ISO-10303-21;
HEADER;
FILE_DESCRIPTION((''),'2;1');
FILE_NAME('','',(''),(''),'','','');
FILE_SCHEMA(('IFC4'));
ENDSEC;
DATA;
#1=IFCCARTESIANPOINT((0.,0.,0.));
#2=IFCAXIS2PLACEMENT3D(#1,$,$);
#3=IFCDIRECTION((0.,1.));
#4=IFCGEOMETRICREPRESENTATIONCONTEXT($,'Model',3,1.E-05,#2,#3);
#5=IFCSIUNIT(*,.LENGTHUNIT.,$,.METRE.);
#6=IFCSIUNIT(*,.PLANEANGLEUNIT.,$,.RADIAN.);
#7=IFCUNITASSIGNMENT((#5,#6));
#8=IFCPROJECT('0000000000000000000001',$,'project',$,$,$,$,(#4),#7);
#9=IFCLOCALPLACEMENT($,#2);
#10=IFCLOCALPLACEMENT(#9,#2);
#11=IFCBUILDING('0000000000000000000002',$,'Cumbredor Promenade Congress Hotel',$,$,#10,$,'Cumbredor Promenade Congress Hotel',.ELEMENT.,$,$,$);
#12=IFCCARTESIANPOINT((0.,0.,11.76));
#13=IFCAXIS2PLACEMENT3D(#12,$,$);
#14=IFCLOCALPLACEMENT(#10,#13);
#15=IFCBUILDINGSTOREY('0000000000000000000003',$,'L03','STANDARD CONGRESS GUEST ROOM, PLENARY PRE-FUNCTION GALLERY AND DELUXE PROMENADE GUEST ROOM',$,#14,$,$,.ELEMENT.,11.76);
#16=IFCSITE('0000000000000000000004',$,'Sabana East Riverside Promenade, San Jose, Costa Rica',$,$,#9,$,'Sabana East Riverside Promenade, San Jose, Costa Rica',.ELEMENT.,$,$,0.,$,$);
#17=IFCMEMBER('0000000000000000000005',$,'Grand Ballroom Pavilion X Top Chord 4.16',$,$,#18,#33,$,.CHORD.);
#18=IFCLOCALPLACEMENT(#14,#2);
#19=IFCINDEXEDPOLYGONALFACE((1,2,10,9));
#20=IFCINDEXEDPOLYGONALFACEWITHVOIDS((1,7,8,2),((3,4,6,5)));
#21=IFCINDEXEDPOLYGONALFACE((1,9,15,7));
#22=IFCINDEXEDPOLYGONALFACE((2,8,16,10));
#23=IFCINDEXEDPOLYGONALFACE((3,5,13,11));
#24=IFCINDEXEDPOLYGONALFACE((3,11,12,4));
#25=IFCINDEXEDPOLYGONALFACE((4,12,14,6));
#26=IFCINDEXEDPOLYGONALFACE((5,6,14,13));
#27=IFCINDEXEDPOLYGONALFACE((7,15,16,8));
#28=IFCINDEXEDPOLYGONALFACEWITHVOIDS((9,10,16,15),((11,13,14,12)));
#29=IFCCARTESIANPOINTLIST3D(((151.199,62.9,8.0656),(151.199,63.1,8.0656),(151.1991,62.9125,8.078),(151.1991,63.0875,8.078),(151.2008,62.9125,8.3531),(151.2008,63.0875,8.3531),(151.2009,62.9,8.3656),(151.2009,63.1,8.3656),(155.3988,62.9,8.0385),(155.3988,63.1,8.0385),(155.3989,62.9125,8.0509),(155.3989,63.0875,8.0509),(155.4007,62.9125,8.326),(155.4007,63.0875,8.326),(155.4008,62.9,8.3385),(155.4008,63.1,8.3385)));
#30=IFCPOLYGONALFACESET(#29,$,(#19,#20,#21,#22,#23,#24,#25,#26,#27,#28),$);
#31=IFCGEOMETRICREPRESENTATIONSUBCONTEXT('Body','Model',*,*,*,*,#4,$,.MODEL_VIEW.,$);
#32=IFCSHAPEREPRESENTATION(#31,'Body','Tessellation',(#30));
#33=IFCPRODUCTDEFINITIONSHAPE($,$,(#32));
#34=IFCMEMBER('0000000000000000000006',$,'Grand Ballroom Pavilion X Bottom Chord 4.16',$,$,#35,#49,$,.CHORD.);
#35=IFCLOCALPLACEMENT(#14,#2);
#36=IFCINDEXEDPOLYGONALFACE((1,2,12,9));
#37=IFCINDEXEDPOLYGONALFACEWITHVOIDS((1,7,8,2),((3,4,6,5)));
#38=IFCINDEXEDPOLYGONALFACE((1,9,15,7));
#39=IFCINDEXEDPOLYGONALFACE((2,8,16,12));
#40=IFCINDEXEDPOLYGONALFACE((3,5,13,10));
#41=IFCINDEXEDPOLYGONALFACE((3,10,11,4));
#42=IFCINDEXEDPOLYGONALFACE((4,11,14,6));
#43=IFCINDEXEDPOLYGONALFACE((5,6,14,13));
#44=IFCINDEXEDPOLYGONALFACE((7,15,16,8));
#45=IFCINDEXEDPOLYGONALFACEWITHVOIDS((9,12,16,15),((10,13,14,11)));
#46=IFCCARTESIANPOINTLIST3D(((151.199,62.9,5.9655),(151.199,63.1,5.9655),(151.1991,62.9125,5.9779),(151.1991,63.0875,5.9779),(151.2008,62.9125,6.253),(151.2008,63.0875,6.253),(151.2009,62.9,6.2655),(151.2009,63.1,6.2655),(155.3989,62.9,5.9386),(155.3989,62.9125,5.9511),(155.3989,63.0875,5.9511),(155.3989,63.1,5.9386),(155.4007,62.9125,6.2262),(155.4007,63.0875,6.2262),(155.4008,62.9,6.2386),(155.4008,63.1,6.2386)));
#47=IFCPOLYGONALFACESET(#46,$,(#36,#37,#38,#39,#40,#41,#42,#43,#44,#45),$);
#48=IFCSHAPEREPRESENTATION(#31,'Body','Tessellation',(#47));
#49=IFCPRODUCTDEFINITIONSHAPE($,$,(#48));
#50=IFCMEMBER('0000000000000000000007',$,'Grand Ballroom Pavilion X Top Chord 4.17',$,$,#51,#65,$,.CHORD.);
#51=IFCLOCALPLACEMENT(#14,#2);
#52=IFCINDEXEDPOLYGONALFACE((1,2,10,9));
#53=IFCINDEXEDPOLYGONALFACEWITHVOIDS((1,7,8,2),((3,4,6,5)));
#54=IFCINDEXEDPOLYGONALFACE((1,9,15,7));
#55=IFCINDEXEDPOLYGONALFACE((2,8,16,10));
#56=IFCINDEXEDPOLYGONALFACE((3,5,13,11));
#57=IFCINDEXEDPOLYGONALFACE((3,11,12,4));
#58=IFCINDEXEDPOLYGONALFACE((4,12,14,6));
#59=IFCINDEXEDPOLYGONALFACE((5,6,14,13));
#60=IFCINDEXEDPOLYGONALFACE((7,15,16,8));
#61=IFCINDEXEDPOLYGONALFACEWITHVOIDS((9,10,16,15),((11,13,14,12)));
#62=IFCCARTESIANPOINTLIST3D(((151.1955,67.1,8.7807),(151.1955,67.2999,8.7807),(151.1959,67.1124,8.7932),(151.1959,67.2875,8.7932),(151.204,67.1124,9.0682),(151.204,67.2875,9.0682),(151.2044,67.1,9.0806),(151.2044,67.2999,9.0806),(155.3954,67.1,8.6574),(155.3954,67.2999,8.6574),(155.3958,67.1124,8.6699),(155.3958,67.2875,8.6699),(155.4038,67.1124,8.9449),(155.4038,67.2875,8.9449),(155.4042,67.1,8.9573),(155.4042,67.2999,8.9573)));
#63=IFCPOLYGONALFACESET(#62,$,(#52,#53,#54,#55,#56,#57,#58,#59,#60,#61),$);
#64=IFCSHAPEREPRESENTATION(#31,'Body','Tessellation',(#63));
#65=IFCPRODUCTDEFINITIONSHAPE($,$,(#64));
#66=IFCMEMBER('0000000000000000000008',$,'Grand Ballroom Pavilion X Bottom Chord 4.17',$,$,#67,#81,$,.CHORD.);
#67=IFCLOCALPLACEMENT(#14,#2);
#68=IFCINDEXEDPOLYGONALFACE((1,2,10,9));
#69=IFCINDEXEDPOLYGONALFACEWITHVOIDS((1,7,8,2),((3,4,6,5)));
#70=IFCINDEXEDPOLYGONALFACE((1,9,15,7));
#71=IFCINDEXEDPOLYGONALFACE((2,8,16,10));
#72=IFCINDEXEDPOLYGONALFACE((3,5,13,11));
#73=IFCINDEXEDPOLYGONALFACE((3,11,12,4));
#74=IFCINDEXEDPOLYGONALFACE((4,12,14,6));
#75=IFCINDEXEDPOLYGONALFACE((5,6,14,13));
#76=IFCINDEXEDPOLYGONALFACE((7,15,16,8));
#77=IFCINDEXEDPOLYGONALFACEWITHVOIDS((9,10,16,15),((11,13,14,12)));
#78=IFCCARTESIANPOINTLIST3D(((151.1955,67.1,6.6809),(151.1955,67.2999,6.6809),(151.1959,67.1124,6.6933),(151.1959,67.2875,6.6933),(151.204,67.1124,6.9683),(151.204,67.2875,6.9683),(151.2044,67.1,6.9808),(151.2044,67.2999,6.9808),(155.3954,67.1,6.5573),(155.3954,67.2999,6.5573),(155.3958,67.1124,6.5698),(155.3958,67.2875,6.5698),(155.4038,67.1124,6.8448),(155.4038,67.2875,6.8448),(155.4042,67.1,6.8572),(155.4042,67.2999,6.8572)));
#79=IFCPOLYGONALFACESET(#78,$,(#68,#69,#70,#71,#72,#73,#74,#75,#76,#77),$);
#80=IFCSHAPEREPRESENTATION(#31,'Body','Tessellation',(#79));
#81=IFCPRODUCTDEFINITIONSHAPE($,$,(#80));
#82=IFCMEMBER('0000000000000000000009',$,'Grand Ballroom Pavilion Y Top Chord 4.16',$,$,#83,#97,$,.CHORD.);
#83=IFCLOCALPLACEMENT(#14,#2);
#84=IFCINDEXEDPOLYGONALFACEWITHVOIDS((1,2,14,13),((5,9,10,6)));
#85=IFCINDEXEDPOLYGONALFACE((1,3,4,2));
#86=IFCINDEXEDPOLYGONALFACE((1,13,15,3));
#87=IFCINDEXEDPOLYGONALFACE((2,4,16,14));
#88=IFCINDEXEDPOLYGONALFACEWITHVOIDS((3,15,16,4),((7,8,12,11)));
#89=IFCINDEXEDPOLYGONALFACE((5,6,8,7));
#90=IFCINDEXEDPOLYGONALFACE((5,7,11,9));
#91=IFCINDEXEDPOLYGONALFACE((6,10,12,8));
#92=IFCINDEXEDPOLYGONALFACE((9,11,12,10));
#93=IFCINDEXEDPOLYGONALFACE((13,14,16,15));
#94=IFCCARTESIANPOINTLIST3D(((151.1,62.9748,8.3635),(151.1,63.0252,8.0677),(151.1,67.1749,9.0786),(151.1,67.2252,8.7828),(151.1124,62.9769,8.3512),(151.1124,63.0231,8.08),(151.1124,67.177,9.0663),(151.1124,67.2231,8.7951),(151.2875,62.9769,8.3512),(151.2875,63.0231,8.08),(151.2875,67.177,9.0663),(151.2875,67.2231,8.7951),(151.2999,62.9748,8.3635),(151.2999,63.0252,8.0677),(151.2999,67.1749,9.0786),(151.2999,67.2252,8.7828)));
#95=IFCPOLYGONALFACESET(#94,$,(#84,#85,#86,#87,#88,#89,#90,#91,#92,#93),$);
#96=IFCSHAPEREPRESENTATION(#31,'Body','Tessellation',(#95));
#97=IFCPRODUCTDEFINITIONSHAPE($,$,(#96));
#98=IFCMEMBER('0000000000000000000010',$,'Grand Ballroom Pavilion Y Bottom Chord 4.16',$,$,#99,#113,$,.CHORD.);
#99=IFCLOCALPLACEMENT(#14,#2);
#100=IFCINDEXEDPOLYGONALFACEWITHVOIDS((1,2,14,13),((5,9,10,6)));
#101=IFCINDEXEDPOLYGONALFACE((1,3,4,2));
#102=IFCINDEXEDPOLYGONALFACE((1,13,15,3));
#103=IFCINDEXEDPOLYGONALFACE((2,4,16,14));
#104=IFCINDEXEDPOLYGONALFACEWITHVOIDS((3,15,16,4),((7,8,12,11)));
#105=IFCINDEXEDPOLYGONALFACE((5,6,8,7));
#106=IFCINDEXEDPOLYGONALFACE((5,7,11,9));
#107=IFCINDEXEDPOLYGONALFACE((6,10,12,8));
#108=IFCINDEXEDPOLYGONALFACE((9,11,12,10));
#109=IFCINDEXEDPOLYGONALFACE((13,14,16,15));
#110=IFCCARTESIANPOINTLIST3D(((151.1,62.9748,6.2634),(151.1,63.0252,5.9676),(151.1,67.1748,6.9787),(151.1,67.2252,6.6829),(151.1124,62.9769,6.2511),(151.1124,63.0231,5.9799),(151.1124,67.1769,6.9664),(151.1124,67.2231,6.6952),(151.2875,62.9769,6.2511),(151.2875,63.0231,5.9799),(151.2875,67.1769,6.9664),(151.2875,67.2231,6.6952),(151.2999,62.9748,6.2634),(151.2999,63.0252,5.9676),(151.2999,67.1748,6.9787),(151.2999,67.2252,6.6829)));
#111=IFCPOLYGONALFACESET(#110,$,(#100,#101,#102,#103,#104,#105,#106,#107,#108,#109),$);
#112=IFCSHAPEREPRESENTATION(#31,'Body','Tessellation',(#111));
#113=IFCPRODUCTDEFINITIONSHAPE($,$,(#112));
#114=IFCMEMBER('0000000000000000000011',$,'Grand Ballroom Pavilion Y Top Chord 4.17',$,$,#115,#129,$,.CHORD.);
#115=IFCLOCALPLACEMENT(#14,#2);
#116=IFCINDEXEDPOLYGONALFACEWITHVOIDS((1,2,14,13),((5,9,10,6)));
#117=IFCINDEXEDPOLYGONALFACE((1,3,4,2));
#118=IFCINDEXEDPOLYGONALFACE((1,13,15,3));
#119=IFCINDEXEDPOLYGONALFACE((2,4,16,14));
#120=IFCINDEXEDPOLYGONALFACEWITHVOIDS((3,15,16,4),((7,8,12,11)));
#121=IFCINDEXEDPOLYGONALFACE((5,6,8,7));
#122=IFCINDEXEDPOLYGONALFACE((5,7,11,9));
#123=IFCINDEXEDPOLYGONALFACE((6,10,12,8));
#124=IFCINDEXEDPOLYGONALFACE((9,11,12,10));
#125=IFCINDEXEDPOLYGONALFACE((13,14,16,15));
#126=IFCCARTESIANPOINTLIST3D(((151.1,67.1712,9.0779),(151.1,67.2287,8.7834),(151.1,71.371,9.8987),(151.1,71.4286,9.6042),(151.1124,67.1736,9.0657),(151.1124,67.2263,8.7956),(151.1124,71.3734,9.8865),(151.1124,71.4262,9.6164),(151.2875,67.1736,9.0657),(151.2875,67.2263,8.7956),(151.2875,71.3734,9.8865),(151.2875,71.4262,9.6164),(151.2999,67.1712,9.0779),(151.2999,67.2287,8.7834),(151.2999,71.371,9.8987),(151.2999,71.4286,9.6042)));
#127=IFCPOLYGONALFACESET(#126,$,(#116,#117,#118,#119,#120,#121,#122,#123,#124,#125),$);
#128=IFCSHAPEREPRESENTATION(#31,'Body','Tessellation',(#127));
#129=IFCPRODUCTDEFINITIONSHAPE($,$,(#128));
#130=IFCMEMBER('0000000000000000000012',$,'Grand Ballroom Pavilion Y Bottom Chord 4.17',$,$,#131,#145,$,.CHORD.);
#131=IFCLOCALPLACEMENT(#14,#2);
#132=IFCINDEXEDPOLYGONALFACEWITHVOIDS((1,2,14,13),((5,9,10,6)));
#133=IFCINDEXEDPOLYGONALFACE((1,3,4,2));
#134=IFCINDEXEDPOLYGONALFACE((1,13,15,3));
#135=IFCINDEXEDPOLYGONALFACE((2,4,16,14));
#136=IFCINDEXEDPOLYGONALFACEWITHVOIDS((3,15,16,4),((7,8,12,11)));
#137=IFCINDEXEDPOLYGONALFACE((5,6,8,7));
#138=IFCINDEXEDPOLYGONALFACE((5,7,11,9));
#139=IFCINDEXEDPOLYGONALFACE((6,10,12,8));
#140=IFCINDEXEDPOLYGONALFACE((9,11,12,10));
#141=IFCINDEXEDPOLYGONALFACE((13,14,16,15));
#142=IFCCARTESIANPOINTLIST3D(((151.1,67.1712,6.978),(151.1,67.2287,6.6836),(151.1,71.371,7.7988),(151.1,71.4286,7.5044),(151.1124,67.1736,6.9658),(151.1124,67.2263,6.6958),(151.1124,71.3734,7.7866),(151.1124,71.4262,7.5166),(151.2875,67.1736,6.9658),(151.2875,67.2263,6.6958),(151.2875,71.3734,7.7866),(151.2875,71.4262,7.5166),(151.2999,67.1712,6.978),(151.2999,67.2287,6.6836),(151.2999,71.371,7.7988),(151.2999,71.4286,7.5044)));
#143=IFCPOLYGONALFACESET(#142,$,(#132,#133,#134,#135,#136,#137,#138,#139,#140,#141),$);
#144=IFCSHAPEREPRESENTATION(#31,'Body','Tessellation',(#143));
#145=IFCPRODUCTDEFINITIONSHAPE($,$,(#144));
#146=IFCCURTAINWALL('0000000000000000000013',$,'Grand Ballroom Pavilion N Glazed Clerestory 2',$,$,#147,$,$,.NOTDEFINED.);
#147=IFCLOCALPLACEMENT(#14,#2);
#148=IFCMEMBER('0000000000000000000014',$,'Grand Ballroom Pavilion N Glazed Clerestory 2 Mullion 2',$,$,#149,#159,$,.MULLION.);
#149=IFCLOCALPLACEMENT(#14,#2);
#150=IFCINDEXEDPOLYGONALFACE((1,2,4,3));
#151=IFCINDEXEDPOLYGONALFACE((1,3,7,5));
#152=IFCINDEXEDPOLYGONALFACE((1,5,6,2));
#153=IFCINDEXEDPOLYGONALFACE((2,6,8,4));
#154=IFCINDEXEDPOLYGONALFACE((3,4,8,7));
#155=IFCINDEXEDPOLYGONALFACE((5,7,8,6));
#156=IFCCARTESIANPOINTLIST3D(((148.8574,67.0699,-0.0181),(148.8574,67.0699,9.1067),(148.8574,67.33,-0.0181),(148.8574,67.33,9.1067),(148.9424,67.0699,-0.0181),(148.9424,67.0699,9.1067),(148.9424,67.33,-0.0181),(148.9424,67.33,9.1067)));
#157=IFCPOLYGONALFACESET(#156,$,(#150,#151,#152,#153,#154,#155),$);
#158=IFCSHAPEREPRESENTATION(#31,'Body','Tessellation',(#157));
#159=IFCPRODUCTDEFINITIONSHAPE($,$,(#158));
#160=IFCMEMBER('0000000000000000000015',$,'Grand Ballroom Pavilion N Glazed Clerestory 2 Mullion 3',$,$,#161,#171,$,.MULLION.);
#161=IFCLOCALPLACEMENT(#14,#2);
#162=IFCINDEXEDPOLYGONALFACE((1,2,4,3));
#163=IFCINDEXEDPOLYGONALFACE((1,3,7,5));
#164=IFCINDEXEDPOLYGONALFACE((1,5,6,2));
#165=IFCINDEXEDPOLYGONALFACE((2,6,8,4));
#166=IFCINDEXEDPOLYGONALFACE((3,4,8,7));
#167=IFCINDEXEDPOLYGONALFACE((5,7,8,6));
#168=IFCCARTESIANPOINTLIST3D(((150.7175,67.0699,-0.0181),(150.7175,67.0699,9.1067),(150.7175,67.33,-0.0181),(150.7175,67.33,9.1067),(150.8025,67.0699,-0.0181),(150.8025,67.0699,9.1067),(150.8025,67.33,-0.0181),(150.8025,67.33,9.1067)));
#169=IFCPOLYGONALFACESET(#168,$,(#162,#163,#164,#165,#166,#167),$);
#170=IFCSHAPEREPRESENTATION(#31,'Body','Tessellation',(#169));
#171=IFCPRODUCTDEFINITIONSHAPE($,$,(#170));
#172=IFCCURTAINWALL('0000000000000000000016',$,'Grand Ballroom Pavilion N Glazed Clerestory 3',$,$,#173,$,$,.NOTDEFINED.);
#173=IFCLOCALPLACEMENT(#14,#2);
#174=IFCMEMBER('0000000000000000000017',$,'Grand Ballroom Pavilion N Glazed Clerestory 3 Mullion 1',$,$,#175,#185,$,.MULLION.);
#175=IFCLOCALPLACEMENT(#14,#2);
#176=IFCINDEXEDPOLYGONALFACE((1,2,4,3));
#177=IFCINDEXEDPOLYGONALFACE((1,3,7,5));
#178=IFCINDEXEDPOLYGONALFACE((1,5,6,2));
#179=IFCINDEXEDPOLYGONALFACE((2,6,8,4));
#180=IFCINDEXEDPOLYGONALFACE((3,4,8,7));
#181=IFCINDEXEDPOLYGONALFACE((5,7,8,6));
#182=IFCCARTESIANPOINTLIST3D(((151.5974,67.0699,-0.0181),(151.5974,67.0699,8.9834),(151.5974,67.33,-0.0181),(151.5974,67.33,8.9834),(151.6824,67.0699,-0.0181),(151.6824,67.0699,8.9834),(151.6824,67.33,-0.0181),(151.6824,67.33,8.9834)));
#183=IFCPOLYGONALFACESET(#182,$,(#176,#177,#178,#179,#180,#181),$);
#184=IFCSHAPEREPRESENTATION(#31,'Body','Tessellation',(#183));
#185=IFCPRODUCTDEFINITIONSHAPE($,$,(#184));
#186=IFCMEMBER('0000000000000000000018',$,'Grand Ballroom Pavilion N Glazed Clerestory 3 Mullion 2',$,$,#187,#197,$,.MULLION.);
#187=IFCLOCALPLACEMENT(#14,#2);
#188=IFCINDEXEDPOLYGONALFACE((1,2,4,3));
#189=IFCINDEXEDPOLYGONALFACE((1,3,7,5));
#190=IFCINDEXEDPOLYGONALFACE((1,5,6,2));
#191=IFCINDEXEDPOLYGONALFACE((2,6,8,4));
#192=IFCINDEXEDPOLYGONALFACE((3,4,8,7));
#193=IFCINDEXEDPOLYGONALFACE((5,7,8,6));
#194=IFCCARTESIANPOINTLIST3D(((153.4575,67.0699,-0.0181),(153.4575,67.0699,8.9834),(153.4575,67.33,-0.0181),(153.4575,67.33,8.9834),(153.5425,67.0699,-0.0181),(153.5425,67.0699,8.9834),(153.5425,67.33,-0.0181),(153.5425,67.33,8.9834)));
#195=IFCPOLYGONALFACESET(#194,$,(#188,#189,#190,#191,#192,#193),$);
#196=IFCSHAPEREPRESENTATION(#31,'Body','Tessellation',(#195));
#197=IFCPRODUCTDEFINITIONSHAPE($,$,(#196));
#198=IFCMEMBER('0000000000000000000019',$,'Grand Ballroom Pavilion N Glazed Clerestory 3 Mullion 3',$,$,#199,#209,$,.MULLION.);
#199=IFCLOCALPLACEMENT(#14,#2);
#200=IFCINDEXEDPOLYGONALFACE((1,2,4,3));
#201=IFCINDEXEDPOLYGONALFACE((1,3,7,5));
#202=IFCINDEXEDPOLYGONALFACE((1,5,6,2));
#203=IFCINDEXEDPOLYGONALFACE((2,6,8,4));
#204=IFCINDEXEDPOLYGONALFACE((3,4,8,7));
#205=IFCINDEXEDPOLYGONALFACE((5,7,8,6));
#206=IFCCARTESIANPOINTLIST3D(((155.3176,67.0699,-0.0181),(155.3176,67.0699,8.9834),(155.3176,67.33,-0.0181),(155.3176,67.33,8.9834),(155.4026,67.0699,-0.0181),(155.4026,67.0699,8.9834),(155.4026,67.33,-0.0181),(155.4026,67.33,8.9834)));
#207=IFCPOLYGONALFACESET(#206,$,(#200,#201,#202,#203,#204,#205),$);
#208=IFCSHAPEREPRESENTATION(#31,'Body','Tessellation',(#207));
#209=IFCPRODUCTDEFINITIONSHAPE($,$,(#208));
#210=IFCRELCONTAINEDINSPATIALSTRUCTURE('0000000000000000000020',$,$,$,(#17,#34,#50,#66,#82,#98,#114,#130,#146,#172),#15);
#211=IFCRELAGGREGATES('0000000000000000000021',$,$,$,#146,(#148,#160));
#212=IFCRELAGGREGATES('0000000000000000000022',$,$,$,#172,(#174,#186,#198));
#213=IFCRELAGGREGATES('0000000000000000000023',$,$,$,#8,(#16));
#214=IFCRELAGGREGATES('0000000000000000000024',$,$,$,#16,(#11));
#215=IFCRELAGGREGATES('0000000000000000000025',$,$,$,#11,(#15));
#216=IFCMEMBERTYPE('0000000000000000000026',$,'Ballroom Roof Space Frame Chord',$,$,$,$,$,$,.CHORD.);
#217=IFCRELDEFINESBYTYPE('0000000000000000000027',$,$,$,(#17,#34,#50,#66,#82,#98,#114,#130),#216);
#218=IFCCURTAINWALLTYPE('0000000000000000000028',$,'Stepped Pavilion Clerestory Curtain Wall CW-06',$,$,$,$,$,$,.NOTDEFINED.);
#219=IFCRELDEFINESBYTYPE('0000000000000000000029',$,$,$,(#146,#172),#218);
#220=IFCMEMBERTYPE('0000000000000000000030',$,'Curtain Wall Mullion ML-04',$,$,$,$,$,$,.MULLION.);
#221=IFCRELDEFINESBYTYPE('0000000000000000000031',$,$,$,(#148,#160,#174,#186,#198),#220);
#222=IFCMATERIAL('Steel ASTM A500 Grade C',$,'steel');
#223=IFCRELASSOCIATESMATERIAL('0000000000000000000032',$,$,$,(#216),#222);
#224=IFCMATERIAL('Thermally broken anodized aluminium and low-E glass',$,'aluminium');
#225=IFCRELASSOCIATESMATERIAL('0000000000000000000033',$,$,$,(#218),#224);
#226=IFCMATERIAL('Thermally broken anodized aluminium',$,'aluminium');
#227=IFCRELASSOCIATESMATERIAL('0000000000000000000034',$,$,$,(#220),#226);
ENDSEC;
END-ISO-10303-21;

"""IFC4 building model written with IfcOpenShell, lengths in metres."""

from ifc_helpers import new_model, si_unit, direction, frame, origin, origin_2d, place, context, subcontext, project, spatial, rectangle, hollow_rectangle, extrude, material, material_profile, profile_set, type_object, element, aggregate, save


model = new_model("IFC4")

# Units and contexts
model_context = context("Model", 3, precision=1e-05, world=origin(), true_north=direction((0.0, 1.0)))
body_context = subcontext(model_context, "Body", "Model", "MODEL_VIEW")
ifc_project = project(units=[si_unit("LENGTHUNIT", "METRE"), si_unit("PLANEANGLEUNIT", "RADIAN")], contexts=[model_context])

# Site, building, storey
site_placement = place(None, origin())
site = spatial("IfcSite", under=ifc_project, at=site_placement, Name="Sabana East Riverside Promenade, San Jose, Costa Rica", LongName="Sabana East Riverside Promenade, San Jose, Costa Rica", CompositionType="ELEMENT", RefElevation=0.0)
building_placement = place(site_placement, origin())
building = spatial("IfcBuilding", under=site, at=building_placement, Name="Cumbredor Promenade Congress Hotel", LongName="Cumbredor Promenade Congress Hotel", CompositionType="ELEMENT")
storey_placement = place(building_placement, frame((0.0, 0.0, 11.76)))
storey = spatial("IfcBuildingStorey", under=building, at=storey_placement, Name="L03", Description="STANDARD CONGRESS GUEST ROOM, PLENARY PRE-FUNCTION GALLERY AND DELUXE PROMENADE GUEST ROOM", CompositionType="ELEMENT", Elevation=11.76)

# Members
ifc_material_1 = material(Name="Steel ASTM A500 Grade C", Category="steel")
ifc_material_profile_1 = material_profile(ifc_material_1, hollow_rectangle(XDim=0.2, YDim=0.3, WallThickness=0.0125, at=origin_2d()), Name="HSS 300x200x12.5")
ifc_profile_set_1 = profile_set([ifc_material_profile_1], Name="Steel ASTM A500 Grade C")
member_type_1 = type_object("IfcMemberType", Name="Ballroom Roof Space Frame Chord", PredefinedType="CHORD", material=ifc_profile_set_1)
for number, where, z_axis, x_axis, name in (
    (1, (151.2, 63.0, 8.2156), (0.999979, 0.0, -0.006452), (0.0, 1.0, 0.0), "Grand Ballroom Pavilion X Top Chord 4.16"),
    (2, (151.2, 63.0, 6.1155), (0.99998, 0.0, -0.006394), (0.0, 1.0, 0.0), "Grand Ballroom Pavilion X Bottom Chord 4.16"),
):
    element("IfcMember", number, at=place(storey_placement, frame(where, z_axis=z_axis, x_axis=x_axis)), inside=storey, type_object=member_type_1, Name=name, PredefinedType="CHORD", context=body_context, shape_type="SweptSolid", body=[
        extrude(hollow_rectangle(XDim=0.2, YDim=0.3, WallThickness=0.0125, at=origin_2d()), origin(), (0.0, 0.0, 1.0), 4.2),
    ])
for number, where, z_axis, x_axis, name in (
    (3, (151.2, 67.2, 8.9307), (0.999569, 0.0, -0.029343), (0.0, 1.0, 0.0), "Grand Ballroom Pavilion X Top Chord 4.17"),
    (4, (151.2, 67.2, 6.8308), (0.999568, 0.0, -0.029401), (0.0, 1.0, 0.0), "Grand Ballroom Pavilion X Bottom Chord 4.17"),
):
    element("IfcMember", number, at=place(storey_placement, frame(where, z_axis=z_axis, x_axis=x_axis)), inside=storey, type_object=member_type_1, Name=name, PredefinedType="CHORD", context=body_context, shape_type="SweptSolid", body=[
        extrude(hollow_rectangle(XDim=0.2, YDim=0.3, WallThickness=0.0125, at=origin_2d()), origin(), (0.0, 0.0, 1.0), 4.2017),
    ])
for number, where, z_axis, x_axis, name in (
    (5, (151.2, 63.0, 8.2156), (0.0, 0.985813, 0.167846), (-1.0, 0.0, 0.0), "Grand Ballroom Pavilion Y Top Chord 4.16"),
    (6, (151.2, 63.0, 6.1155), (0.0, 0.985804, 0.167901), (-1.0, 0.0, 0.0), "Grand Ballroom Pavilion Y Bottom Chord 4.16"),
):
    element("IfcMember", number, at=place(storey_placement, frame(where, z_axis=z_axis, x_axis=x_axis)), inside=storey, type_object=member_type_1, Name=name, PredefinedType="CHORD", context=body_context, shape_type="SweptSolid", body=[
        extrude(hollow_rectangle(XDim=0.2, YDim=0.3, WallThickness=0.0125, at=origin_2d()), origin(), (0.0, 0.0, 1.0), 4.2605),
    ])
for number, where, z_axis, x_axis, name in (
    (7, (151.2, 67.2, 8.9307), (0.0, 0.981434, 0.191803), (-1.0, 0.0, 0.0), "Grand Ballroom Pavilion Y Top Chord 4.17"),
    (8, (151.2, 67.2, 6.8308), (0.0, 0.981434, 0.191803), (-1.0, 0.0, 0.0), "Grand Ballroom Pavilion Y Bottom Chord 4.17"),
):
    element("IfcMember", number, at=place(storey_placement, frame(where, z_axis=z_axis, x_axis=x_axis)), inside=storey, type_object=member_type_1, Name=name, PredefinedType="CHORD", context=body_context, shape_type="SweptSolid", body=[
        extrude(hollow_rectangle(XDim=0.2, YDim=0.3, WallThickness=0.0125, at=origin_2d()), origin(), (0.0, 0.0, 1.0), 4.2793),
    ])

# Curtain walls, members
ifc_material_2 = material(Name="Thermally broken anodized aluminium and low-E glass", Category="aluminium")
curtain_wall_type = type_object("IfcCurtainWallType", Name="Stepped Pavilion Clerestory Curtain Wall CW-06", PredefinedType="NOTDEFINED", material=ifc_material_2)
curtain_wall_1_placement = place(storey_placement, origin())
curtain_wall_1 = element("IfcCurtainWall", 9, at=curtain_wall_1_placement, inside=storey, type_object=curtain_wall_type, Name="Grand Ballroom Pavilion N Glazed Clerestory 2", PredefinedType="NOTDEFINED")
ifc_material_3 = material(Name="Thermally broken anodized aluminium", Category="aluminium")
ifc_material_profile_2 = material_profile(ifc_material_3, rectangle(XDim=0.085, YDim=0.26, at=origin_2d()), Name="ALU MULLION CLERESTORY 85x260")
ifc_profile_set_2 = profile_set([ifc_material_profile_2], Name="Thermally broken anodized aluminium")
member_type_2 = type_object("IfcMemberType", Name="Curtain Wall Mullion ML-04", PredefinedType="MULLION", material=ifc_profile_set_2)
member_1_placement = place(storey_placement, frame((148.8999, 67.2, -0.0181), z_axis=(0.0, 0.0, 1.0), x_axis=(1.0, 0.0, 0.0)))
member_1 = element("IfcMember", 10, at=member_1_placement, type_object=member_type_2, Name="Grand Ballroom Pavilion N Glazed Clerestory 2 Mullion 2", PredefinedType="MULLION", context=body_context, shape_type="SweptSolid", body=[
    extrude(rectangle(XDim=0.085, YDim=0.26, at=origin_2d()), origin(), (0.0, 0.0, 1.0), 9.1248),
])
member_2_placement = place(storey_placement, frame((150.76, 67.2, -0.0181), z_axis=(0.0, 0.0, 1.0), x_axis=(1.0, 0.0, 0.0)))
member_2 = element("IfcMember", 11, at=member_2_placement, type_object=member_type_2, Name="Grand Ballroom Pavilion N Glazed Clerestory 2 Mullion 3", PredefinedType="MULLION", context=body_context, shape_type="SweptSolid", body=[
    extrude(rectangle(XDim=0.085, YDim=0.26, at=origin_2d()), origin(), (0.0, 0.0, 1.0), 9.1248),
])
curtain_wall_2_placement = place(storey_placement, origin())
curtain_wall_2 = element("IfcCurtainWall", 12, at=curtain_wall_2_placement, inside=storey, type_object=curtain_wall_type, Name="Grand Ballroom Pavilion N Glazed Clerestory 3", PredefinedType="NOTDEFINED")
member_3_placement = place(storey_placement, frame((151.6399, 67.2, -0.0181), z_axis=(0.0, 0.0, 1.0), x_axis=(1.0, 0.0, 0.0)))
member_3 = element("IfcMember", 13, at=member_3_placement, type_object=member_type_2, Name="Grand Ballroom Pavilion N Glazed Clerestory 3 Mullion 1", PredefinedType="MULLION", context=body_context, shape_type="SweptSolid", body=[
    extrude(rectangle(XDim=0.085, YDim=0.26, at=origin_2d()), origin(), (0.0, 0.0, 1.0), 9.0015),
])
member_4_placement = place(storey_placement, frame((153.5, 67.2, -0.0181), z_axis=(0.0, 0.0, 1.0), x_axis=(1.0, 0.0, 0.0)))
member_4 = element("IfcMember", 14, at=member_4_placement, type_object=member_type_2, Name="Grand Ballroom Pavilion N Glazed Clerestory 3 Mullion 2", PredefinedType="MULLION", context=body_context, shape_type="SweptSolid", body=[
    extrude(rectangle(XDim=0.085, YDim=0.26, at=origin_2d()), origin(), (0.0, 0.0, 1.0), 9.0015),
])
member_5_placement = place(storey_placement, frame((155.3601, 67.2, -0.0181), z_axis=(0.0, 0.0, 1.0), x_axis=(1.0, 0.0, 0.0)))
member_5 = element("IfcMember", 15, at=member_5_placement, type_object=member_type_2, Name="Grand Ballroom Pavilion N Glazed Clerestory 3 Mullion 3", PredefinedType="MULLION", context=body_context, shape_type="SweptSolid", body=[
    extrude(rectangle(XDim=0.085, YDim=0.26, at=origin_2d()), origin(), (0.0, 0.0, 1.0), 9.0015),
])

aggregate(curtain_wall_1, [member_1, member_2])
aggregate(curtain_wall_2, [member_3, member_4, member_5])

save(model, "model.ifc")
